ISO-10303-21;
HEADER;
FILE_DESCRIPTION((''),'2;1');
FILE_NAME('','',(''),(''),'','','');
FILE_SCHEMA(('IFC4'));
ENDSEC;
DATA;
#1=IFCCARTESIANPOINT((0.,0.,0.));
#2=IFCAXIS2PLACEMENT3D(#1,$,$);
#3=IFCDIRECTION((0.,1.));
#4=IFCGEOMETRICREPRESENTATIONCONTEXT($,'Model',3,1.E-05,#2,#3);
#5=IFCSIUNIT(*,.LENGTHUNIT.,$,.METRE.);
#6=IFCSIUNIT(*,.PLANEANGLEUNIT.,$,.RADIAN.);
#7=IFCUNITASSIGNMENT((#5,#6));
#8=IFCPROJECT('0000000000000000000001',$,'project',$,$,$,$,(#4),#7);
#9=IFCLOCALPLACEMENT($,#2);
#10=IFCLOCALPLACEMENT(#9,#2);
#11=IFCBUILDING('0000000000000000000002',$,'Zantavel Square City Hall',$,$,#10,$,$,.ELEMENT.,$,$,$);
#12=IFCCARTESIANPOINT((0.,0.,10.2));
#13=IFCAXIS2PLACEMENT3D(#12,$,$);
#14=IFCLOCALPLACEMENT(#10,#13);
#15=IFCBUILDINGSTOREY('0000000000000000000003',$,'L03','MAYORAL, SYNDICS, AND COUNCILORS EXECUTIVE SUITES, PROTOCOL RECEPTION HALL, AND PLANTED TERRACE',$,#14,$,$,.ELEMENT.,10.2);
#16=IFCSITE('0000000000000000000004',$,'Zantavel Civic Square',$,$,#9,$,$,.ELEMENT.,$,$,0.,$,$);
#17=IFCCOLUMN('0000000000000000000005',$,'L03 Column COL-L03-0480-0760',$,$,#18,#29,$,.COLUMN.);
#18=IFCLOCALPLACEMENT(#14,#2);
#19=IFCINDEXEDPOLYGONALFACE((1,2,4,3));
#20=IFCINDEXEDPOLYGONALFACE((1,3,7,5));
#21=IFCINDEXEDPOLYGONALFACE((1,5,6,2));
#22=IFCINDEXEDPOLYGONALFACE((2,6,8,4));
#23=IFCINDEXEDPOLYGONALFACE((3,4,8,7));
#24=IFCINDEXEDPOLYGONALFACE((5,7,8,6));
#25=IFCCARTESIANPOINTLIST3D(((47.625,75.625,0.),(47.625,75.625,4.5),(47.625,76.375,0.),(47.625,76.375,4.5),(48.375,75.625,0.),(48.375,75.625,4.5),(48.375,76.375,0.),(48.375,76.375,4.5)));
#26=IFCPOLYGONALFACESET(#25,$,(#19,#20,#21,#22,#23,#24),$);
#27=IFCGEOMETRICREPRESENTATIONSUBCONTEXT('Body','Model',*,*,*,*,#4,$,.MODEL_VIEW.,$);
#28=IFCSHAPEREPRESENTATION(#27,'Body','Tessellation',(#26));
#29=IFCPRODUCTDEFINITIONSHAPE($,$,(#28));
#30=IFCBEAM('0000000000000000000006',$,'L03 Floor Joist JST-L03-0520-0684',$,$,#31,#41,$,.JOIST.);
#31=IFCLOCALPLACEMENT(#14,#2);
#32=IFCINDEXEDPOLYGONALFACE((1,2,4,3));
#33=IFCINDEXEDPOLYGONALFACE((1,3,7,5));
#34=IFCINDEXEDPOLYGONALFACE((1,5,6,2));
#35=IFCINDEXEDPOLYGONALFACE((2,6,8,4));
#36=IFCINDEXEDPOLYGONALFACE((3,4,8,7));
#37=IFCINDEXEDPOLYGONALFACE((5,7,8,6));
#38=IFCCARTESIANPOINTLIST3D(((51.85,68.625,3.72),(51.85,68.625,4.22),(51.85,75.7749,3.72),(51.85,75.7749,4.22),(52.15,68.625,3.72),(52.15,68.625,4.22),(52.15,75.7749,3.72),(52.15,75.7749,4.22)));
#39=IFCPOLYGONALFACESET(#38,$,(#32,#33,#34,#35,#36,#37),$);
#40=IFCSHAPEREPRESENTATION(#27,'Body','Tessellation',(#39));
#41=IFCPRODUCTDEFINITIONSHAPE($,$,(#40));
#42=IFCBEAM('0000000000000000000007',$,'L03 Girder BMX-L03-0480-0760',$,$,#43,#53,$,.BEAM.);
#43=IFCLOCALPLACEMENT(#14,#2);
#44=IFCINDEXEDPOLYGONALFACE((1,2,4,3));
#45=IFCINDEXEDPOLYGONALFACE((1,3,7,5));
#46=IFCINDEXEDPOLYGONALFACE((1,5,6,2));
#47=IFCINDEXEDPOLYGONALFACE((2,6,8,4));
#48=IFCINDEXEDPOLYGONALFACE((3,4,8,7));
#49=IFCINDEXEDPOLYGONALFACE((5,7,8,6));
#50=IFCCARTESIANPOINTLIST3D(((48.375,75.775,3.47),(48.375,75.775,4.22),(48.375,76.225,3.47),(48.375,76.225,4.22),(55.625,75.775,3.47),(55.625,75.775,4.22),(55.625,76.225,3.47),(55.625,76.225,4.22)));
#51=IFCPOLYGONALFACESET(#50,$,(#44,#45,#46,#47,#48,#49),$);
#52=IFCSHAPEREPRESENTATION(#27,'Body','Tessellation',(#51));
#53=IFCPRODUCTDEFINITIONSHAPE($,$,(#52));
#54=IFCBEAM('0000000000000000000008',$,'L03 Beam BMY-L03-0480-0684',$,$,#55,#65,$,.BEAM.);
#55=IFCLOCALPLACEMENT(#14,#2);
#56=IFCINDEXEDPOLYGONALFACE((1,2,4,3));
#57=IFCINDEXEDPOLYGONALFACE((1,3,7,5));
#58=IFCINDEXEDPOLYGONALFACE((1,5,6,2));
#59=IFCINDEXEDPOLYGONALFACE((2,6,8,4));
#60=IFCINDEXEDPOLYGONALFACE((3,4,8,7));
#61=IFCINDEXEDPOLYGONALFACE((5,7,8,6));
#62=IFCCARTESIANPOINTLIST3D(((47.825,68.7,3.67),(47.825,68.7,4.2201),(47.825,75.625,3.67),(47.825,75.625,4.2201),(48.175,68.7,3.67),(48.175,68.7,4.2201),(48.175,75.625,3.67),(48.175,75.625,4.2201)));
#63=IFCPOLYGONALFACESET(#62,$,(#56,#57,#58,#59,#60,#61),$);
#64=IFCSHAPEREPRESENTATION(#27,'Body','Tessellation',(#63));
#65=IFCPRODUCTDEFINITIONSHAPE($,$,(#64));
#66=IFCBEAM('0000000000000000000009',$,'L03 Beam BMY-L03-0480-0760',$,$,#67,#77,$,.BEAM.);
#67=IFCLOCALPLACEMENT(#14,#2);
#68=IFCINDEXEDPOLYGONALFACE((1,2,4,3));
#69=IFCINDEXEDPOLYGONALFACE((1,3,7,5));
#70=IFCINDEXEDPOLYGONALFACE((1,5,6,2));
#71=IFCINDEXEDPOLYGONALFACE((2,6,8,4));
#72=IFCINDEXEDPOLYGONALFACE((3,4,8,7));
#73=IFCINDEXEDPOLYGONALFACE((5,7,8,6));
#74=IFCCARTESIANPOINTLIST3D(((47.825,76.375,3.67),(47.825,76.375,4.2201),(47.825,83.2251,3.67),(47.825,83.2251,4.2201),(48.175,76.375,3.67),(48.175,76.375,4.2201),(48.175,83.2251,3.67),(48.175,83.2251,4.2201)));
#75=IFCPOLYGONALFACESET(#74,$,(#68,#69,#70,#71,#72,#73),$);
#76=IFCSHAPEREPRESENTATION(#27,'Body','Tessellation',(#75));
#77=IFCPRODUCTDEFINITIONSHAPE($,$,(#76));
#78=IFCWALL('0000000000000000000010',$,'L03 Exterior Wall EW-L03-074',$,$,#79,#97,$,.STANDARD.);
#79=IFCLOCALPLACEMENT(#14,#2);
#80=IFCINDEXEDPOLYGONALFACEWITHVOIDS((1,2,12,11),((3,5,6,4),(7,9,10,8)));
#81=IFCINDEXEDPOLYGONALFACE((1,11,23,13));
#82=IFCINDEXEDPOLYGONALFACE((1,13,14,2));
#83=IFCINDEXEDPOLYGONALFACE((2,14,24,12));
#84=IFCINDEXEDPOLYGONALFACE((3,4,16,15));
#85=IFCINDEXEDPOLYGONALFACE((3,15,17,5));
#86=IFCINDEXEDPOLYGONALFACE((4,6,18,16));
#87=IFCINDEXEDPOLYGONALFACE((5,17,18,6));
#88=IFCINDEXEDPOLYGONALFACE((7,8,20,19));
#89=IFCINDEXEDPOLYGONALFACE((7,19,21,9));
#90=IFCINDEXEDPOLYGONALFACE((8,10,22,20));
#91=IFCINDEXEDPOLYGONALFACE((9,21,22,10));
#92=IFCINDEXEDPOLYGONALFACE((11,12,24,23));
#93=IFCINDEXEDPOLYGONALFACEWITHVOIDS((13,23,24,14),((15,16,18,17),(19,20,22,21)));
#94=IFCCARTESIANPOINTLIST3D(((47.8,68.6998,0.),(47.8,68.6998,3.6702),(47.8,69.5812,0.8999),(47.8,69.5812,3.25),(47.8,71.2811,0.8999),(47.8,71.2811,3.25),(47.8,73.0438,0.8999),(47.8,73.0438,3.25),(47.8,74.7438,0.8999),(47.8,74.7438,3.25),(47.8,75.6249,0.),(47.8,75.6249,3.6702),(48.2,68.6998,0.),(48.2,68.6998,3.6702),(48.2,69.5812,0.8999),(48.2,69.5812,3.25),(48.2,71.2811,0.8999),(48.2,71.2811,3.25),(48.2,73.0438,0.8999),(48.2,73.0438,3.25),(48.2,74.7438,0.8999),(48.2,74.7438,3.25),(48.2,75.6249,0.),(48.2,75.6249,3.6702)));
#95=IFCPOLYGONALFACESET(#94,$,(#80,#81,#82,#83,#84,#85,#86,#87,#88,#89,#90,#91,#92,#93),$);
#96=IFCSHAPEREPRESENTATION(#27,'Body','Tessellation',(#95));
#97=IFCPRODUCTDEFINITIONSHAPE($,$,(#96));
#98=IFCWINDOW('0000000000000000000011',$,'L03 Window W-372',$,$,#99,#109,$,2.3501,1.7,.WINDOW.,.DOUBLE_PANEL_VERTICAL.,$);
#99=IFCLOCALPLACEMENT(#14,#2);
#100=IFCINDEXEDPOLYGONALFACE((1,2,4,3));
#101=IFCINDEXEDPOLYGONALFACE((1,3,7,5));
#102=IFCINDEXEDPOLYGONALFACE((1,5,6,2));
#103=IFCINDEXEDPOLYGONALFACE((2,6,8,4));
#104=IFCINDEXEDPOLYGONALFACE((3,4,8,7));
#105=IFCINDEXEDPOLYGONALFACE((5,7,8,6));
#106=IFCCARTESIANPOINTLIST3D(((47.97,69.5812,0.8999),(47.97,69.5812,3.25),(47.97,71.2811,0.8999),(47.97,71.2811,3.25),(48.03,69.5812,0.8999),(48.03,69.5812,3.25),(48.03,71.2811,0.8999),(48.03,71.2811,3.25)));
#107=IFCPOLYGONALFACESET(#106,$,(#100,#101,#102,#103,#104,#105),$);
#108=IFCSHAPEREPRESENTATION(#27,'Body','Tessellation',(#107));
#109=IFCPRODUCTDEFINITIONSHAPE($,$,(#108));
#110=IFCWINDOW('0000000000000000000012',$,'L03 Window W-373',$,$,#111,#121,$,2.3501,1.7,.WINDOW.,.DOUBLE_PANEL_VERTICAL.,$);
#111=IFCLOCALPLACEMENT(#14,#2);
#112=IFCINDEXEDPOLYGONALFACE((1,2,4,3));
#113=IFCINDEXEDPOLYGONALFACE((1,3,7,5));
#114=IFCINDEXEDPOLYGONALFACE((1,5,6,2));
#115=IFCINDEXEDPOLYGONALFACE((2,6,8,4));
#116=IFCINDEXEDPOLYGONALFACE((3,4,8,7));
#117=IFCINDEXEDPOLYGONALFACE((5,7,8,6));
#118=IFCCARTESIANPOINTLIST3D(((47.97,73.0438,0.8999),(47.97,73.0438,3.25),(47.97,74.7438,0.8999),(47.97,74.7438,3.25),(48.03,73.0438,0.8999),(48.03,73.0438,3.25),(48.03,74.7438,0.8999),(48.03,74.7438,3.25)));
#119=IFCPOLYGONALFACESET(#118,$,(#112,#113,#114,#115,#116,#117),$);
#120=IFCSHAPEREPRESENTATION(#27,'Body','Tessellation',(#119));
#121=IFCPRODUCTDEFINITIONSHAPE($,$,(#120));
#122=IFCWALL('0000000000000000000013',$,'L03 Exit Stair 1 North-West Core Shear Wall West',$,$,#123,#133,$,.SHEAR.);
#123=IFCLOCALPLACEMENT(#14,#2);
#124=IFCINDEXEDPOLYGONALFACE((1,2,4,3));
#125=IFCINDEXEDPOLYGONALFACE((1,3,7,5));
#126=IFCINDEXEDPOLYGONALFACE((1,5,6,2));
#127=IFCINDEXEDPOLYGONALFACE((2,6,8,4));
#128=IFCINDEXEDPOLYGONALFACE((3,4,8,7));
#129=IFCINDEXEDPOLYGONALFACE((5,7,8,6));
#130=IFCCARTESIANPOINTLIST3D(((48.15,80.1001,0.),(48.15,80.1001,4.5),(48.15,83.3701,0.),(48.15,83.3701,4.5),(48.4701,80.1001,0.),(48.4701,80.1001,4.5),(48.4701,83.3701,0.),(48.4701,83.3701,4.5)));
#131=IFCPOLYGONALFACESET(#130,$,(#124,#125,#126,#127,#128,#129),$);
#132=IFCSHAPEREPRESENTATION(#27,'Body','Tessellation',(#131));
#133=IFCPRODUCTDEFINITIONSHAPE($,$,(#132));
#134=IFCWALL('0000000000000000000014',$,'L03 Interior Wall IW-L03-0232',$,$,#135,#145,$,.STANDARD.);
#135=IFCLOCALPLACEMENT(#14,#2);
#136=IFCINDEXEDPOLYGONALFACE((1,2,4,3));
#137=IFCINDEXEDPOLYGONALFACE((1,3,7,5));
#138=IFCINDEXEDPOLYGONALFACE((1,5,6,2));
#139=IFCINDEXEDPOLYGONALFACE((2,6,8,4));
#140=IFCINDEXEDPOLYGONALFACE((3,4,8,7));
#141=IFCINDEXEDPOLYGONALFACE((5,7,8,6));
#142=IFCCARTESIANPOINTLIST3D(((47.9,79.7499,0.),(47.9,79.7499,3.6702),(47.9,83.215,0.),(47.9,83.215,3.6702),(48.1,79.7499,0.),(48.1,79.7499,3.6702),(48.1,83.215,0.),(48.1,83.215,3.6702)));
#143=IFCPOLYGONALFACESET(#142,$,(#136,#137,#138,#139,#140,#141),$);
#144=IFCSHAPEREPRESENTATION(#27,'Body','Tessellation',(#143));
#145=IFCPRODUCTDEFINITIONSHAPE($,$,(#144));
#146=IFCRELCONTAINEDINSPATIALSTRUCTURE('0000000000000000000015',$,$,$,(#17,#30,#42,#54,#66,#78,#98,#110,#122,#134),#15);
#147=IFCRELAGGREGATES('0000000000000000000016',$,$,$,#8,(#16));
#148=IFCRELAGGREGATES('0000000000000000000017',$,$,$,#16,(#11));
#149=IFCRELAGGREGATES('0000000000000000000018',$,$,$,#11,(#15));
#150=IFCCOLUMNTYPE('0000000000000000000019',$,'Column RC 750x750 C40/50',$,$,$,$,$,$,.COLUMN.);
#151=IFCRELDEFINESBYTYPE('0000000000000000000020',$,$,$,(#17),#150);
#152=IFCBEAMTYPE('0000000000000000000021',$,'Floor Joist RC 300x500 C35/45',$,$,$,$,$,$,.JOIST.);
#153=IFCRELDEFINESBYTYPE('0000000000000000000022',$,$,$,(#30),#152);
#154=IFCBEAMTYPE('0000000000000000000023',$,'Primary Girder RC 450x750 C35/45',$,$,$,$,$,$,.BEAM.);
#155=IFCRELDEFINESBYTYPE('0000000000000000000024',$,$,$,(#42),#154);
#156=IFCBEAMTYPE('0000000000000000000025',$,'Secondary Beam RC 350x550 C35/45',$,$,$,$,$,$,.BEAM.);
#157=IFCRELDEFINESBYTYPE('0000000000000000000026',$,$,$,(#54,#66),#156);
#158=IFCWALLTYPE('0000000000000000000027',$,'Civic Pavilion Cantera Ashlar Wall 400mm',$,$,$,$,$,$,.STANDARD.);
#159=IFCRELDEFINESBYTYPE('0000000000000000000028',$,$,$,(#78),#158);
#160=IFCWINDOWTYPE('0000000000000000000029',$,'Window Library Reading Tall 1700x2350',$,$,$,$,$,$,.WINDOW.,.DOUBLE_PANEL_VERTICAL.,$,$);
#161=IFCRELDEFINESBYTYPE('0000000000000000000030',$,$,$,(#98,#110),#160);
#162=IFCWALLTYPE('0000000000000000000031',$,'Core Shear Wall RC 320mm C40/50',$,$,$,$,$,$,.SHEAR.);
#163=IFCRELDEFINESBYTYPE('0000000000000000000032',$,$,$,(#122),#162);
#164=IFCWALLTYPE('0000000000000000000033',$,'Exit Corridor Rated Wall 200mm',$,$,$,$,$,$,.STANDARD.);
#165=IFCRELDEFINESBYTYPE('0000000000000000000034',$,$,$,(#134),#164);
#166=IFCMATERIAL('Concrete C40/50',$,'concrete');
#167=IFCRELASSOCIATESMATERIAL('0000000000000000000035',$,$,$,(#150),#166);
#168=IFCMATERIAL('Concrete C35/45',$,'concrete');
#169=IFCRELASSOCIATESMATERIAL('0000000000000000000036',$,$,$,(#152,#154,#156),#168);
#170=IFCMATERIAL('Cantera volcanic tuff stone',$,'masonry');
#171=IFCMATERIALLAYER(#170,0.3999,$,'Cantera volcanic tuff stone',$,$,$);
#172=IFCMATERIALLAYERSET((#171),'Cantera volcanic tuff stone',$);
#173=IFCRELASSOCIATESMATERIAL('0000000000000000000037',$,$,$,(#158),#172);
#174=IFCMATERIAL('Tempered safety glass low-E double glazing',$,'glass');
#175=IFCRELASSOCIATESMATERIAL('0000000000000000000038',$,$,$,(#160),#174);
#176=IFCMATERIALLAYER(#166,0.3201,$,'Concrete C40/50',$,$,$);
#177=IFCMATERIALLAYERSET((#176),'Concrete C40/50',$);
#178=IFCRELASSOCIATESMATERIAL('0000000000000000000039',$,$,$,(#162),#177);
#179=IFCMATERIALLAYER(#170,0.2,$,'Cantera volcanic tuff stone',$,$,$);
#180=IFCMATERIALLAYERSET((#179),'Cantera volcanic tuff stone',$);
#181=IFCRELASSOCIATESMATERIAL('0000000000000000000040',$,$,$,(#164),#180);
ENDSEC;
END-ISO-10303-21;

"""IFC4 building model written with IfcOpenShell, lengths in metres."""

from ifc_helpers import new_model, si_unit, direction, frame, frame_2d, origin, origin_2d, place, context, subcontext, project, spatial, rectangle, extrude, material, layer, layer_set, material_profile, profile_set, type_object, element, fill, save


model = new_model("IFC4")

# Units and contexts
model_context = context("Model", 3, precision=1e-05, world=origin(), true_north=direction((0.0, 1.0)))
body_context = subcontext(model_context, "Body", "Model", "MODEL_VIEW")
ifc_project = project(units=[si_unit("LENGTHUNIT", "METRE"), si_unit("PLANEANGLEUNIT", "RADIAN")], contexts=[model_context])

# Site, building, storey
site_placement = place(None, origin())
site = spatial("IfcSite", under=ifc_project, at=site_placement, Name="Zantavel Civic Square", CompositionType="ELEMENT", RefElevation=0.0)
building_placement = place(site_placement, origin())
building = spatial("IfcBuilding", under=site, at=building_placement, Name="Zantavel Square City Hall", CompositionType="ELEMENT")
storey_placement = place(building_placement, frame((0.0, 0.0, 10.2)))
storey = spatial("IfcBuildingStorey", under=building, at=storey_placement, Name="L03", Description="MAYORAL, SYNDICS, AND COUNCILORS EXECUTIVE SUITES, PROTOCOL RECEPTION HALL, AND PLANTED TERRACE", CompositionType="ELEMENT", Elevation=10.2)

# Column
ifc_material_1 = material(Name="Concrete C40/50", Category="concrete")
ifc_material_profile_1 = material_profile(ifc_material_1, rectangle(XDim=0.75, YDim=0.75, at=origin_2d()), Name="RC 750x750")
ifc_profile_set_1 = profile_set([ifc_material_profile_1], Name="Concrete C40/50")
column_type = type_object("IfcColumnType", Name="Column RC 750x750 C40/50", PredefinedType="COLUMN", material=ifc_profile_set_1)
column_placement = place(storey_placement, frame((48.0, 76.0, 0.0), z_axis=(0.0, 0.0, 1.0), x_axis=(1.0, 0.0, 0.0)))
element("IfcColumn", 1, at=column_placement, inside=storey, type_object=column_type, Name="L03 Column COL-L03-0480-0760", PredefinedType="COLUMN", context=body_context, shape_type="SweptSolid", body=[
    extrude(rectangle(XDim=0.75, YDim=0.75, at=origin_2d()), origin(), (0.0, 0.0, 1.0), 4.5),
])

# Beams
ifc_material_2 = material(Name="Concrete C35/45", Category="concrete")
ifc_material_profile_2 = material_profile(ifc_material_2, rectangle(XDim=0.3, YDim=0.5, at=origin_2d()), Name="RC 300x500")
ifc_profile_set_2 = profile_set([ifc_material_profile_2], Name="Concrete C35/45")
beam_type_1 = type_object("IfcBeamType", Name="Floor Joist RC 300x500 C35/45", PredefinedType="JOIST", material=ifc_profile_set_2)
beam_1_placement = place(storey_placement, frame((52.0, 68.625, 3.97), z_axis=(0.0, 1.0, 0.0), x_axis=(-1.0, 0.0, 0.0)))
element("IfcBeam", 2, at=beam_1_placement, inside=storey, type_object=beam_type_1, Name="L03 Floor Joist JST-L03-0520-0684", PredefinedType="JOIST", context=body_context, shape_type="SweptSolid", body=[
    extrude(rectangle(XDim=0.3, YDim=0.5, at=origin_2d()), origin(), (0.0, 0.0, 1.0), 7.1499),
])
ifc_material_profile_3 = material_profile(ifc_material_2, rectangle(XDim=0.45, YDim=0.75, at=origin_2d()), Name="RC 450x750")
ifc_profile_set_3 = profile_set([ifc_material_profile_3], Name="Concrete C35/45")
beam_type_2 = type_object("IfcBeamType", Name="Primary Girder RC 450x750 C35/45", PredefinedType="BEAM", material=ifc_profile_set_3)
beam_2_placement = place(storey_placement, frame((48.375, 76.0, 3.845), z_axis=(1.0, 0.0, 0.0), x_axis=(0.0, 1.0, 0.0)))
element("IfcBeam", 3, at=beam_2_placement, inside=storey, type_object=beam_type_2, Name="L03 Girder BMX-L03-0480-0760", PredefinedType="BEAM", context=body_context, shape_type="SweptSolid", body=[
    extrude(rectangle(XDim=0.45, YDim=0.75, at=origin_2d()), origin(), (0.0, 0.0, 1.0), 7.25),
])
ifc_material_profile_4 = material_profile(ifc_material_2, rectangle(XDim=0.3501, YDim=0.55, at=origin_2d()), Name="RC 350x550")
ifc_profile_set_4 = profile_set([ifc_material_profile_4], Name="Concrete C35/45")
beam_type_3 = type_object("IfcBeamType", Name="Secondary Beam RC 350x550 C35/45", PredefinedType="BEAM", material=ifc_profile_set_4)
beam_3_placement = place(storey_placement, frame((48.0, 68.7, 3.9451), z_axis=(0.0, 1.0, 0.0), x_axis=(-1.0, 0.0, 0.0)))
element("IfcBeam", 4, at=beam_3_placement, inside=storey, type_object=beam_type_3, Name="L03 Beam BMY-L03-0480-0684", PredefinedType="BEAM", context=body_context, shape_type="SweptSolid", body=[
    extrude(rectangle(XDim=0.3501, YDim=0.55, at=origin_2d()), origin(), (0.0, 0.0, 1.0), 6.925),
])
beam_4_placement = place(storey_placement, frame((48.0, 76.375, 3.9451), z_axis=(0.0, 1.0, 0.0), x_axis=(-1.0, 0.0, 0.0)))
element("IfcBeam", 5, at=beam_4_placement, inside=storey, type_object=beam_type_3, Name="L03 Beam BMY-L03-0480-0760", PredefinedType="BEAM", context=body_context, shape_type="SweptSolid", body=[
    extrude(rectangle(XDim=0.3501, YDim=0.55, at=origin_2d()), origin(), (0.0, 0.0, 1.0), 6.8501),
])

# Wall, openings, windows
ifc_material_3 = material(Name="Cantera volcanic tuff stone", Category="masonry")
ifc_layer_1 = layer(ifc_material_3, 0.3999, Name="Cantera volcanic tuff stone")
ifc_layer_set_1 = layer_set([ifc_layer_1], Name="Cantera volcanic tuff stone")
wall_type_1 = type_object("IfcWallType", Name="Civic Pavilion Cantera Ashlar Wall 400mm", PredefinedType="STANDARD", material=ifc_layer_set_1)
wall_1_placement = place(storey_placement, frame((48.0, 68.7, 0.0), z_axis=(0.0, 0.0, 1.0), x_axis=(0.0, 1.0, 0.0)))
wall_1 = element("IfcWall", 6, at=wall_1_placement, inside=storey, type_object=wall_type_1, Name="L03 Exterior Wall EW-L03-074", PredefinedType="STANDARD", context=body_context, shape_type="SweptSolid", body=[
    extrude(rectangle(XDim=6.925, YDim=0.3999, at=frame_2d((3.4624, 0.0))), origin(), (0.0, 0.0, 1.0), 3.6702),
])
opening_1_placement = place(wall_1_placement, frame((0.8811, 0.0, 0.8999)))
opening_1 = element("IfcOpeningElement", 7, at=opening_1_placement, cuts=wall_1, PredefinedType="OPENING", context=body_context, shape_type="SweptSolid", body=[
    extrude(rectangle(XDim=1.7, YDim=2.3501, at=frame_2d((0.8501, 1.175))), frame((0.0, 0.21, 0.0), z_axis=(0.0, -1.0, 0.0), x_axis=(1.0, 0.0, 0.0)), (0.0, 0.0, 1.0), 0.4199),
])
opening_2_placement = place(wall_1_placement, frame((4.3438, 0.0, 0.8999)))
opening_2 = element("IfcOpeningElement", 8, at=opening_2_placement, cuts=wall_1, PredefinedType="OPENING", context=body_context, shape_type="SweptSolid", body=[
    extrude(rectangle(XDim=1.7, YDim=2.3501, at=frame_2d((0.8501, 1.175))), frame((0.0, 0.21, 0.0), z_axis=(0.0, -1.0, 0.0), x_axis=(1.0, 0.0, 0.0)), (0.0, 0.0, 1.0), 0.4199),
])
ifc_material_4 = material(Name="Tempered safety glass low-E double glazing", Category="glass")
window_type = type_object("IfcWindowType", Name="Window Library Reading Tall 1700x2350", PartitioningType="DOUBLE_PANEL_VERTICAL", PredefinedType="WINDOW", material=ifc_material_4)
window_1_placement = place(opening_1_placement, origin())
window_1 = element("IfcWindow", 9, at=window_1_placement, inside=storey, type_object=window_type, Name="L03 Window W-372", OverallHeight=2.3501, OverallWidth=1.7, PartitioningType="DOUBLE_PANEL_VERTICAL", PredefinedType="WINDOW", context=body_context, shape_type="SweptSolid", body=[
    extrude(rectangle(XDim=1.7, YDim=2.3501, at=frame_2d((0.8501, 1.175))), frame((0.0, 0.03, 0.0), z_axis=(0.0, -1.0, 0.0), x_axis=(1.0, 0.0, 0.0)), (0.0, 0.0, 1.0), 0.0601),
])
fill(opening_1, window_1)
window_2_placement = place(opening_2_placement, origin())
window_2 = element("IfcWindow", 10, at=window_2_placement, inside=storey, type_object=window_type, Name="L03 Window W-373", OverallHeight=2.3501, OverallWidth=1.7, PartitioningType="DOUBLE_PANEL_VERTICAL", PredefinedType="WINDOW", context=body_context, shape_type="SweptSolid", body=[
    extrude(rectangle(XDim=1.7, YDim=2.3501, at=frame_2d((0.8501, 1.175))), frame((0.0, 0.03, 0.0), z_axis=(0.0, -1.0, 0.0), x_axis=(1.0, 0.0, 0.0)), (0.0, 0.0, 1.0), 0.0601),
])
fill(opening_2, window_2)

# Walls
ifc_layer_2 = layer(ifc_material_1, 0.3201, Name="Concrete C40/50")
ifc_layer_set_2 = layer_set([ifc_layer_2], Name="Concrete C40/50")
wall_type_2 = type_object("IfcWallType", Name="Core Shear Wall RC 320mm C40/50", PredefinedType="SHEAR", material=ifc_layer_set_2)
wall_2_placement = place(storey_placement, frame((48.3101, 80.1001, 0.0), z_axis=(0.0, 0.0, 1.0), x_axis=(0.0, 1.0, 0.0)))
element("IfcWall", 11, at=wall_2_placement, inside=storey, type_object=wall_type_2, Name="L03 Exit Stair 1 North-West Core Shear Wall West", PredefinedType="SHEAR", context=body_context, shape_type="SweptSolid", body=[
    extrude(rectangle(XDim=3.27, YDim=0.3201, at=frame_2d((1.635, 0.0))), origin(), (0.0, 0.0, 1.0), 4.5),
])
ifc_layer_3 = layer(ifc_material_3, 0.2, Name="Cantera volcanic tuff stone")
ifc_layer_set_3 = layer_set([ifc_layer_3], Name="Cantera volcanic tuff stone")
wall_type_3 = type_object("IfcWallType", Name="Exit Corridor Rated Wall 200mm", PredefinedType="STANDARD", material=ifc_layer_set_3)
wall_3_placement = place(storey_placement, frame((48.0, 79.75, 0.0), z_axis=(0.0, 0.0, 1.0), x_axis=(0.0, 1.0, 0.0)))
element("IfcWall", 12, at=wall_3_placement, inside=storey, type_object=wall_type_3, Name="L03 Interior Wall IW-L03-0232", PredefinedType="STANDARD", context=body_context, shape_type="SweptSolid", body=[
    extrude(rectangle(XDim=3.4651, YDim=0.2, at=frame_2d((1.7324, 0.0))), origin(), (0.0, 0.0, 1.0), 3.6702),
])

save(model, "model.ifc")
